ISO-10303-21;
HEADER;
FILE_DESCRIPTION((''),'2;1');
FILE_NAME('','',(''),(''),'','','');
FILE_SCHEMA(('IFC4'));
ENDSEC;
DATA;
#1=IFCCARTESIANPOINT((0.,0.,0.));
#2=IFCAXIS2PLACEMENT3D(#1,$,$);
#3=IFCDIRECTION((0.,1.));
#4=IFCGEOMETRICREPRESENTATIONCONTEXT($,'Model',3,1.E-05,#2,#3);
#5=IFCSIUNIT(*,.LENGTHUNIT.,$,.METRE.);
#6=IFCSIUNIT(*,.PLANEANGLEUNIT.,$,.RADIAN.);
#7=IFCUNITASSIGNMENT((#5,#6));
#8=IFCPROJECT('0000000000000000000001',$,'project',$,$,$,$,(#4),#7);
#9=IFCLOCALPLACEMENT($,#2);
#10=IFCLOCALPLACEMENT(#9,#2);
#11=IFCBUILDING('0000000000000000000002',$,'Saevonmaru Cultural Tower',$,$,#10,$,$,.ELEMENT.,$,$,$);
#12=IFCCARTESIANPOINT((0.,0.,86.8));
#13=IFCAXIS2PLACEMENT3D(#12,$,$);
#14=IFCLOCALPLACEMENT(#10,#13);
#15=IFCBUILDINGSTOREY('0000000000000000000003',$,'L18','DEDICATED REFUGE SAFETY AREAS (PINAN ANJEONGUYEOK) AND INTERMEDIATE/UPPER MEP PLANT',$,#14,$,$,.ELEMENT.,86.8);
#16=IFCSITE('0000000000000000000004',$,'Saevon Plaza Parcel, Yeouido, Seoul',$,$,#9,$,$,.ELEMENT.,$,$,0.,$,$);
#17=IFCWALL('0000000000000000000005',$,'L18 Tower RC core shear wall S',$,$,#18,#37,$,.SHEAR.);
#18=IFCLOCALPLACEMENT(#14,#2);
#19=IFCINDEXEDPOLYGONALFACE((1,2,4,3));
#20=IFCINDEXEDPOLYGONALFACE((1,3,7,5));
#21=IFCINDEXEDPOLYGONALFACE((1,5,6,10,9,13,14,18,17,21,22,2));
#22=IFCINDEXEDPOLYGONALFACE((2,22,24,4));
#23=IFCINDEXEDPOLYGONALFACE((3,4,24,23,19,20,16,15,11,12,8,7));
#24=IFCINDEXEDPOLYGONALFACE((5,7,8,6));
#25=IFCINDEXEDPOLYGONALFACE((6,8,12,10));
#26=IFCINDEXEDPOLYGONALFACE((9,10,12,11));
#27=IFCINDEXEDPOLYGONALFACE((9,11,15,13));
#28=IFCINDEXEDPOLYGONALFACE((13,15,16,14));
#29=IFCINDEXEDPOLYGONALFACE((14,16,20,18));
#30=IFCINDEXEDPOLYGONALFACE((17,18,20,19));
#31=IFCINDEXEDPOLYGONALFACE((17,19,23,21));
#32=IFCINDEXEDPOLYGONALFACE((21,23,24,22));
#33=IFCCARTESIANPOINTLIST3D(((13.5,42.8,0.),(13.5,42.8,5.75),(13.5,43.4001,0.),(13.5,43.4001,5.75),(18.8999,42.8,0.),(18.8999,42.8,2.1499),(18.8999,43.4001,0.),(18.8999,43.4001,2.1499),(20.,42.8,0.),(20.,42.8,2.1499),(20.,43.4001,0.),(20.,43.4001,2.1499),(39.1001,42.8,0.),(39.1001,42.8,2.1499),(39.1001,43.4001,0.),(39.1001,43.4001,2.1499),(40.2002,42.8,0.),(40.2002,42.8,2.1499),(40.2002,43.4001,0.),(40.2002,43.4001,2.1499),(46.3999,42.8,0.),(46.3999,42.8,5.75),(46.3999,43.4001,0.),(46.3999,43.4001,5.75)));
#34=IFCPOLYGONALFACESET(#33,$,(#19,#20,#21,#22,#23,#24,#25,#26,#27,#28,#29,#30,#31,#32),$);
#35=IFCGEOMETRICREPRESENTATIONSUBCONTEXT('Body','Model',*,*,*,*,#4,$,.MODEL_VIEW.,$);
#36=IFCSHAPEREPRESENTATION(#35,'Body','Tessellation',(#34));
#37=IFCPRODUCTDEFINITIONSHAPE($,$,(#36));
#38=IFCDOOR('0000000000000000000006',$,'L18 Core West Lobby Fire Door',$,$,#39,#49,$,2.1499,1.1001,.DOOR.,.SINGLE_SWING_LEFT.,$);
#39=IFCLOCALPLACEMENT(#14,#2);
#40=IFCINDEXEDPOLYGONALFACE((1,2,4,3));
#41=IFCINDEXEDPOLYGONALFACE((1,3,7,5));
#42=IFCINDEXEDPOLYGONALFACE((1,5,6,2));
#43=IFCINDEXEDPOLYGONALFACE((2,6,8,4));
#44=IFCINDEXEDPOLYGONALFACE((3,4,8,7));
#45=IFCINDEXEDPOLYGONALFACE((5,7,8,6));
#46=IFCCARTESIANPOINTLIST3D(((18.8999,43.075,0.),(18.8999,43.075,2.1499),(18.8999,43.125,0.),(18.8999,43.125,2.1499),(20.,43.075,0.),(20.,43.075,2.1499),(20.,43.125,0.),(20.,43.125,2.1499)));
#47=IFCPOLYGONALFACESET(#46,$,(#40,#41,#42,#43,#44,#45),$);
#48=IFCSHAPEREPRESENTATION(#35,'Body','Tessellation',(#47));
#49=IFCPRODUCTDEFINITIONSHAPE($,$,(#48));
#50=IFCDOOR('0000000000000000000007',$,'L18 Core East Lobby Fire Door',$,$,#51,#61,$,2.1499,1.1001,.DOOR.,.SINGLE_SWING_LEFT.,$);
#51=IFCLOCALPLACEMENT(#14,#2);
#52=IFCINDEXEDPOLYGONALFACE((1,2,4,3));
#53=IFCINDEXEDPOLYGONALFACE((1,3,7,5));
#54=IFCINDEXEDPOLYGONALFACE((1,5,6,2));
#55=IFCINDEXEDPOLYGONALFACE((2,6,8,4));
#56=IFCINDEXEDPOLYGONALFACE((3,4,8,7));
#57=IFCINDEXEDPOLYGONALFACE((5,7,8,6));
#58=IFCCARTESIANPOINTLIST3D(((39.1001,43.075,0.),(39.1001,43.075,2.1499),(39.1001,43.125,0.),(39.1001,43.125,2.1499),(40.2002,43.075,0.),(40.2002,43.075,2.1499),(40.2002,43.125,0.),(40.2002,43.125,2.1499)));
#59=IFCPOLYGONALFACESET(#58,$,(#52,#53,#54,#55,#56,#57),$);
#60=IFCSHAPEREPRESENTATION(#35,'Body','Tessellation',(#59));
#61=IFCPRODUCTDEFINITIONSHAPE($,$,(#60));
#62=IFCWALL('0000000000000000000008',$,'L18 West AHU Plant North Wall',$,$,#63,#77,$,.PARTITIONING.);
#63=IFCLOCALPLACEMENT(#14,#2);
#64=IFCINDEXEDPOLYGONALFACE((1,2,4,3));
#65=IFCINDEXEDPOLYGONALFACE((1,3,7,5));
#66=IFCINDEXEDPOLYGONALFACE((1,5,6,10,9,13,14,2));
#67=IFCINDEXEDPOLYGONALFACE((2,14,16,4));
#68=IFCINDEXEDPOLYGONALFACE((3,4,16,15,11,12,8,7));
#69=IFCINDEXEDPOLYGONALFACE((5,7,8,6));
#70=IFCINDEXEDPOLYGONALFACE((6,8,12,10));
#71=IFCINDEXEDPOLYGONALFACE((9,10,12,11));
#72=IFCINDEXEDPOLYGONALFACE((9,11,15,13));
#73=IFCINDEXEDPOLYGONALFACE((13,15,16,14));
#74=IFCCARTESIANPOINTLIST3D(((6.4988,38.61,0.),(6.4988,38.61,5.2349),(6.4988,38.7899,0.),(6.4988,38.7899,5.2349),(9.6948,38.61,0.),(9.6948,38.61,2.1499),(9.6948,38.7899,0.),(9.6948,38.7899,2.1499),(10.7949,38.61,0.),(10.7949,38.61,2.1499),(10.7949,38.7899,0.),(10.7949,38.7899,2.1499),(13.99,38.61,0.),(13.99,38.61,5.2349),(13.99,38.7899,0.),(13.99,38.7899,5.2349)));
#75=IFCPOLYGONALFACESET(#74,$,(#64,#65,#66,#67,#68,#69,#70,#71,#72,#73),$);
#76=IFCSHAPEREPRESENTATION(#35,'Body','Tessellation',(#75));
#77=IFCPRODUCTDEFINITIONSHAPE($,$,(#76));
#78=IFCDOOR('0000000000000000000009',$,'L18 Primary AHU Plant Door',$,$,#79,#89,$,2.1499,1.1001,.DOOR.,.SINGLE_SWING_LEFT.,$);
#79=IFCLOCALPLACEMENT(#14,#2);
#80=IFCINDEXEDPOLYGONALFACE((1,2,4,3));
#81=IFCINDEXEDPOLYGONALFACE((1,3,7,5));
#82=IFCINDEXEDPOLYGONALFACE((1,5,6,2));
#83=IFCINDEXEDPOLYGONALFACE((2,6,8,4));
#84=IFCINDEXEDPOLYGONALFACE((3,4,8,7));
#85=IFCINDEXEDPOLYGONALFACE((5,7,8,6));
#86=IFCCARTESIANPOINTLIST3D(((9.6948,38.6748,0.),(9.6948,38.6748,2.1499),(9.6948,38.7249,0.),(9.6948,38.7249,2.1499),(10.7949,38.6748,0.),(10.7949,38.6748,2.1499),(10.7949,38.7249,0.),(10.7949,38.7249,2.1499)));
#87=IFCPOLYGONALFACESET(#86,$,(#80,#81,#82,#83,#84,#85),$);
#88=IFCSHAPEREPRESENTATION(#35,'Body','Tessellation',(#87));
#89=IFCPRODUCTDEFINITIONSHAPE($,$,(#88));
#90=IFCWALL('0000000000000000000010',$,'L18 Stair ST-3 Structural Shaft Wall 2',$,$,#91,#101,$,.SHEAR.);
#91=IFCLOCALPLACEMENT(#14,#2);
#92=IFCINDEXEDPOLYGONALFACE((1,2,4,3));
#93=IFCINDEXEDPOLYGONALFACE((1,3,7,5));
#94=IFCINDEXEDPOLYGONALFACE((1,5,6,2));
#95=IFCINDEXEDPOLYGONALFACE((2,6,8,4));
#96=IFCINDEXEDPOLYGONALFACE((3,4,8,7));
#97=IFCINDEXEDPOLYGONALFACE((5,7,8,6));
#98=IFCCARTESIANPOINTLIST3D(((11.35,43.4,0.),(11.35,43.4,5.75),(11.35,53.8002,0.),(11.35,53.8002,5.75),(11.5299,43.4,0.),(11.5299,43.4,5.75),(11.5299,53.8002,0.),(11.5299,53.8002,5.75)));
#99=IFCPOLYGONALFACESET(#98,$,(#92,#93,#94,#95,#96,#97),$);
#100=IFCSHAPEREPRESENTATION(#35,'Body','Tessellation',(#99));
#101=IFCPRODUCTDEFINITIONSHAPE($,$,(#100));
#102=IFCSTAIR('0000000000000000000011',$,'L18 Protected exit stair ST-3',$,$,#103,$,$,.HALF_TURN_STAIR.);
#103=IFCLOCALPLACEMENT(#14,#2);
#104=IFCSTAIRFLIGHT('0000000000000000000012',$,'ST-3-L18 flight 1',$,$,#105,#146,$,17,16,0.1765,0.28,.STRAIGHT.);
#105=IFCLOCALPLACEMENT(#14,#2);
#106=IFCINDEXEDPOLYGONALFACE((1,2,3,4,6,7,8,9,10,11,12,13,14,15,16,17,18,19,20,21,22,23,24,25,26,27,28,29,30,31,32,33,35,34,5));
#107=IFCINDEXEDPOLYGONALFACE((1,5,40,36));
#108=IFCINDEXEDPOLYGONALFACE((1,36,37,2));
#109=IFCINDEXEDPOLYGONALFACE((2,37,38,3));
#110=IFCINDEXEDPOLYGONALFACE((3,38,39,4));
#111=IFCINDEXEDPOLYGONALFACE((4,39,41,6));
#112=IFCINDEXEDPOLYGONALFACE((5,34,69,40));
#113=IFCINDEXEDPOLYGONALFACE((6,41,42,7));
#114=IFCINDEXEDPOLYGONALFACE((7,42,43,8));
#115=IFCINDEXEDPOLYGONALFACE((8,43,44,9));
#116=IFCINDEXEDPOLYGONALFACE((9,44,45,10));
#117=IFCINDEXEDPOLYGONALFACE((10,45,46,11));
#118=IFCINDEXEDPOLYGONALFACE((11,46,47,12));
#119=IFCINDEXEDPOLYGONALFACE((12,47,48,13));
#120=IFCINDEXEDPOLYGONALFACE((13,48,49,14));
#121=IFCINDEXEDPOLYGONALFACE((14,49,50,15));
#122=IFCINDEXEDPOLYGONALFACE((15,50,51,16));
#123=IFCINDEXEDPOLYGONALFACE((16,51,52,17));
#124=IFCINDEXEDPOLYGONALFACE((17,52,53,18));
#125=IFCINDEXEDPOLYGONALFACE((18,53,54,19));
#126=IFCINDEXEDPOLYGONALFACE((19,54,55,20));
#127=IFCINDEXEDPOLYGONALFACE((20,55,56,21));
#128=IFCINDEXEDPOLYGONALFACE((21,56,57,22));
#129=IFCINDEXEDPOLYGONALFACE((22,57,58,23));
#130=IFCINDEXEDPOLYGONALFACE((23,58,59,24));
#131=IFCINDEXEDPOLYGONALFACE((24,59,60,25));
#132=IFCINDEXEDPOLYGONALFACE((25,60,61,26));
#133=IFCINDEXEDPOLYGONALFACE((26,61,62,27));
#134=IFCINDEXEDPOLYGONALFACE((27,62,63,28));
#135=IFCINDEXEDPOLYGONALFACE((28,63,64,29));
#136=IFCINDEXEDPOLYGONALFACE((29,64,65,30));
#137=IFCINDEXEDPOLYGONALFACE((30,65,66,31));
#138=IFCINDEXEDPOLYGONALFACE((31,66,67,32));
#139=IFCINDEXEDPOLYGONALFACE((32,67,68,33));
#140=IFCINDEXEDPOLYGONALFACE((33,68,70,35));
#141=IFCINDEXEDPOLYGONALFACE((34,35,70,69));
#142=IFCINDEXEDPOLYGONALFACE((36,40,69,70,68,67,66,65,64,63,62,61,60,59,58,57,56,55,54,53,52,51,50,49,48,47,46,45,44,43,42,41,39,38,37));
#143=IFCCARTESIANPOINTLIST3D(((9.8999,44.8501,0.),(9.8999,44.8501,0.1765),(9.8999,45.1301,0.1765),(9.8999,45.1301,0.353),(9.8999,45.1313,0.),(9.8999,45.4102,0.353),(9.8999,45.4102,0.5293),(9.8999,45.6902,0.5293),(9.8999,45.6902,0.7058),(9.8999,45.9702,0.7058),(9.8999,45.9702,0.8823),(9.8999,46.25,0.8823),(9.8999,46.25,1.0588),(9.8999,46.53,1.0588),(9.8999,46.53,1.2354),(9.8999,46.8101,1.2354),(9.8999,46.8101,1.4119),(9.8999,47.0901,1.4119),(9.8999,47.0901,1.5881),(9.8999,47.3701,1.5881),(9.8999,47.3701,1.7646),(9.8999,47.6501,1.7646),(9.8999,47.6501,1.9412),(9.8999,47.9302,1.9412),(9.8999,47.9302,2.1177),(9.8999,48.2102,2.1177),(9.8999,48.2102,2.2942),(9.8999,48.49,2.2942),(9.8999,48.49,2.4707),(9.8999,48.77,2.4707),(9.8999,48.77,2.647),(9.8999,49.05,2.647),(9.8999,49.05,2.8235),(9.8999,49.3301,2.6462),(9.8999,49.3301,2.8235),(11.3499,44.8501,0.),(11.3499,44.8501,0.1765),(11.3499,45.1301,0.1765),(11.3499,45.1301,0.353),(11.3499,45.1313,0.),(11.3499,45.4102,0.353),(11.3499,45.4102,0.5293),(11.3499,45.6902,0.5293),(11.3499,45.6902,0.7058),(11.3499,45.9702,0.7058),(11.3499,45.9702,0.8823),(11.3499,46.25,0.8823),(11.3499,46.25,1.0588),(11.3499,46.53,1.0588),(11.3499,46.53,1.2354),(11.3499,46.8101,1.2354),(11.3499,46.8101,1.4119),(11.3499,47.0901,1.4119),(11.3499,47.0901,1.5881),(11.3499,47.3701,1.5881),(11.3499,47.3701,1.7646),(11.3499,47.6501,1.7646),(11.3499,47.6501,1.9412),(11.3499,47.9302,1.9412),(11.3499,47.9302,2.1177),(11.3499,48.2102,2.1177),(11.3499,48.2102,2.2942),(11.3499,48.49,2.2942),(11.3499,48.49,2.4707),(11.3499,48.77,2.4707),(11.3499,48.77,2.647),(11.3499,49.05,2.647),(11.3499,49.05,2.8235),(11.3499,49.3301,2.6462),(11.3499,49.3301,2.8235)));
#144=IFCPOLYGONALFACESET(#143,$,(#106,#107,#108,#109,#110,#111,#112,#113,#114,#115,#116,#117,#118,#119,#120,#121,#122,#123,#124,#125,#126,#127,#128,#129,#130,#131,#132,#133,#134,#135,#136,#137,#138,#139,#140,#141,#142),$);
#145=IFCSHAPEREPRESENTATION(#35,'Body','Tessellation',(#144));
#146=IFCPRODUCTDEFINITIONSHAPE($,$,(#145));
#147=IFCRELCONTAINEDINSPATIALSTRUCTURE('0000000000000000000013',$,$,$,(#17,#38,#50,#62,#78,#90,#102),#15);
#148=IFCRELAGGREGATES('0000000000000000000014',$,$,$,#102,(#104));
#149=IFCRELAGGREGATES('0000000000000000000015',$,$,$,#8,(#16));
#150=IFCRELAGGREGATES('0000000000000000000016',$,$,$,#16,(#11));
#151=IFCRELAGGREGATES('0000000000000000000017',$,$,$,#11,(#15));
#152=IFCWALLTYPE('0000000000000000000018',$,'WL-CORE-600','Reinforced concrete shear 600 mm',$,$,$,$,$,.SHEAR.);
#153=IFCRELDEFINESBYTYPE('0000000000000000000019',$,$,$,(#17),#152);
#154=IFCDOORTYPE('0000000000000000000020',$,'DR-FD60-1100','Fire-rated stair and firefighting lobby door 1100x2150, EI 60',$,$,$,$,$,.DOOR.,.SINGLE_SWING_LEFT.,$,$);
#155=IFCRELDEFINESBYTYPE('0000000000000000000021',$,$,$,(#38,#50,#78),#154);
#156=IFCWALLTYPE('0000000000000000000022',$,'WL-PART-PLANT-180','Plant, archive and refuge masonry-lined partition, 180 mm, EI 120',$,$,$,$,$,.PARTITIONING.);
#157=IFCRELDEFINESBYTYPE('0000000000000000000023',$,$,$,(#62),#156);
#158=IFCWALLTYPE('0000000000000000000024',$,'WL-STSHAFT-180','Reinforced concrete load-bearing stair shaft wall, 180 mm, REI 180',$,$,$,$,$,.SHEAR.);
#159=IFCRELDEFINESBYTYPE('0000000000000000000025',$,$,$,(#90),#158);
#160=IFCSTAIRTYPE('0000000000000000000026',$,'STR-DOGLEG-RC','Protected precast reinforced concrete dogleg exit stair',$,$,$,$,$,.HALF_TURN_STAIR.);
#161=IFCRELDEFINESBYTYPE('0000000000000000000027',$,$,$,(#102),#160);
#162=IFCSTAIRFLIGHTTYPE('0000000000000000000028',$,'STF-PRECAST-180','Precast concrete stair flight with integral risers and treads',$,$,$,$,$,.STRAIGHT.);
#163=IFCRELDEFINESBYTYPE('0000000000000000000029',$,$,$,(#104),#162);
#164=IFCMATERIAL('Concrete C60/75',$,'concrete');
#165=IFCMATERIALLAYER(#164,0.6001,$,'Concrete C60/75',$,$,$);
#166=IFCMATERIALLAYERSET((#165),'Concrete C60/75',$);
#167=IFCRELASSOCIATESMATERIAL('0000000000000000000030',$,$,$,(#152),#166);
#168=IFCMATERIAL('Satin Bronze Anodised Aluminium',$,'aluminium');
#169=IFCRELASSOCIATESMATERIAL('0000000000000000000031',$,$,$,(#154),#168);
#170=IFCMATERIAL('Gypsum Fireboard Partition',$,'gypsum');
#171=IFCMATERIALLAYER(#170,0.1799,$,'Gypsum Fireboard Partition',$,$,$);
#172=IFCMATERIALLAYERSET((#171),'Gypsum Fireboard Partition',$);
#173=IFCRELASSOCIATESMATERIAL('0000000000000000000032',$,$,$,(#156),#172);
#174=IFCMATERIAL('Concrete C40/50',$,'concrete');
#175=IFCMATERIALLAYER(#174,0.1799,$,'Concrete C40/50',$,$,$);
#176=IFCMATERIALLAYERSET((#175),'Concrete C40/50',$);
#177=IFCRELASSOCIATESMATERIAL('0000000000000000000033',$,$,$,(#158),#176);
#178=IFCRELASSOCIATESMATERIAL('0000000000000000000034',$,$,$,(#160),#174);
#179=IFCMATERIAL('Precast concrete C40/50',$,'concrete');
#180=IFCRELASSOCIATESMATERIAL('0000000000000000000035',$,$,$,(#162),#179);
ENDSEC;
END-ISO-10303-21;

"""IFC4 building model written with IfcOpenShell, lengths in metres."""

from ifc_helpers import new_model, si_unit, direction, frame, frame_2d, origin, place, context, subcontext, project, spatial, polyline, rectangle, outline, extrude, material, layer, layer_set, type_object, element, fill, aggregate, save


model = new_model("IFC4")

# Units and contexts
model_context = context("Model", 3, precision=1e-05, world=origin(), true_north=direction((0.0, 1.0)))
body_context = subcontext(model_context, "Body", "Model", "MODEL_VIEW")
ifc_project = project(units=[si_unit("LENGTHUNIT", "METRE"), si_unit("PLANEANGLEUNIT", "RADIAN")], contexts=[model_context])

# Site, building, storey
site_placement = place(None, origin())
site = spatial("IfcSite", under=ifc_project, at=site_placement, Name="Saevon Plaza Parcel, Yeouido, Seoul", CompositionType="ELEMENT", RefElevation=0.0)
building_placement = place(site_placement, origin())
building = spatial("IfcBuilding", under=site, at=building_placement, Name="Saevonmaru Cultural Tower", CompositionType="ELEMENT")
storey_placement = place(building_placement, frame((0.0, 0.0, 86.8)))
storey = spatial("IfcBuildingStorey", under=building, at=storey_placement, Name="L18", Description="DEDICATED REFUGE SAFETY AREAS (PINAN ANJEONGUYEOK) AND INTERMEDIATE/UPPER MEP PLANT", CompositionType="ELEMENT", Elevation=86.8)

# Shared definitions
ifc_material_1 = material(Name="Satin Bronze Anodised Aluminium", Category="aluminium")

# Wall, openings, doors
ifc_material_2 = material(Name="Concrete C60/75", Category="concrete")
ifc_layer_1 = layer(ifc_material_2, 0.6001, Name="Concrete C60/75")
ifc_layer_set_1 = layer_set([ifc_layer_1], Name="Concrete C60/75")
wall_type_1 = type_object("IfcWallType", Name="WL-CORE-600", Description="Reinforced concrete shear 600 mm", PredefinedType="SHEAR", material=ifc_layer_set_1)
wall_1_placement = place(storey_placement, frame((13.5, 43.1001, 0.0), z_axis=(0.0, 0.0, 1.0), x_axis=(1.0, 0.0, 0.0)))
wall_1 = element("IfcWall", 1, at=wall_1_placement, inside=storey, type_object=wall_type_1, Name="L18 Tower RC core shear wall S", PredefinedType="SHEAR", context=body_context, shape_type="SweptSolid", body=[
    extrude(rectangle(XDim=32.8999, YDim=0.6001, at=frame_2d((16.45, 0.0))), origin(), (0.0, 0.0, 1.0), 5.75),
])
opening_1_placement = place(wall_1_placement, frame((5.3999, 0.0, 0.0)))
opening_1 = element("IfcOpeningElement", 2, at=opening_1_placement, cuts=wall_1, PredefinedType="OPENING", context=body_context, shape_type="SweptSolid", body=[
    extrude(rectangle(XDim=1.1001, YDim=2.1499, at=frame_2d((0.55, 1.075))), frame((0.0, 0.3101, 0.0), z_axis=(0.0, -1.0, 0.0), x_axis=(1.0, 0.0, 0.0)), (0.0, 0.0, 1.0), 0.6201),
])
opening_2_placement = place(wall_1_placement, frame((25.6001, 0.0, 0.0)))
opening_2 = element("IfcOpeningElement", 3, at=opening_2_placement, cuts=wall_1, PredefinedType="OPENING", context=body_context, shape_type="SweptSolid", body=[
    extrude(rectangle(XDim=1.1001, YDim=2.1499, at=frame_2d((0.55, 1.075))), frame((0.0, 0.3101, 0.0), z_axis=(0.0, -1.0, 0.0), x_axis=(1.0, 0.0, 0.0)), (0.0, 0.0, 1.0), 0.6201),
])
door_type = type_object("IfcDoorType", Name="DR-FD60-1100", Description="Fire-rated stair and firefighting lobby door 1100x2150, EI 60", OperationType="SINGLE_SWING_LEFT", PredefinedType="DOOR", material=ifc_material_1)
door_1_placement = place(opening_1_placement, origin())
door_1 = element("IfcDoor", 4, at=door_1_placement, inside=storey, type_object=door_type, Name="L18 Core West Lobby Fire Door", OperationType="SINGLE_SWING_LEFT", OverallHeight=2.1499, OverallWidth=1.1001, PredefinedType="DOOR", context=body_context, shape_type="SweptSolid", body=[
    extrude(rectangle(XDim=1.1001, YDim=2.1499, at=frame_2d((0.55, 1.075))), frame((0.0, 0.0249, 0.0), z_axis=(0.0, -1.0, 0.0), x_axis=(1.0, 0.0, 0.0)), (0.0, 0.0, 1.0), 0.05),
])
fill(opening_1, door_1)
door_2_placement = place(opening_2_placement, origin())
door_2 = element("IfcDoor", 5, at=door_2_placement, inside=storey, type_object=door_type, Name="L18 Core East Lobby Fire Door", OperationType="SINGLE_SWING_LEFT", OverallHeight=2.1499, OverallWidth=1.1001, PredefinedType="DOOR", context=body_context, shape_type="SweptSolid", body=[
    extrude(rectangle(XDim=1.1001, YDim=2.1499, at=frame_2d((0.55, 1.075))), frame((0.0, 0.0249, 0.0), z_axis=(0.0, -1.0, 0.0), x_axis=(1.0, 0.0, 0.0)), (0.0, 0.0, 1.0), 0.05),
])
fill(opening_2, door_2)

# Wall, opening, door
ifc_material_3 = material(Name="Gypsum Fireboard Partition", Category="gypsum")
ifc_layer_2 = layer(ifc_material_3, 0.1799, Name="Gypsum Fireboard Partition")
ifc_layer_set_2 = layer_set([ifc_layer_2], Name="Gypsum Fireboard Partition")
wall_type_2 = type_object("IfcWallType", Name="WL-PART-PLANT-180", Description="Plant, archive and refuge masonry-lined partition, 180 mm, EI 120", PredefinedType="PARTITIONING", material=ifc_layer_set_2)
wall_2_placement = place(storey_placement, frame((6.4988, 38.7, 0.0), z_axis=(0.0, 0.0, 1.0), x_axis=(1.0, 0.0, 0.0)))
wall_2 = element("IfcWall", 6, at=wall_2_placement, inside=storey, type_object=wall_type_2, Name="L18 West AHU Plant North Wall", PredefinedType="PARTITIONING", context=body_context, shape_type="SweptSolid", body=[
    extrude(rectangle(XDim=7.4912, YDim=0.1799, at=frame_2d((3.7456, 0.0))), origin(), (0.0, 0.0, 1.0), 5.2349),
])
opening_3_placement = place(wall_2_placement, frame((3.196, 0.0, 0.0)))
opening_3 = element("IfcOpeningElement", 7, at=opening_3_placement, cuts=wall_2, PredefinedType="OPENING", context=body_context, shape_type="SweptSolid", body=[
    extrude(rectangle(XDim=1.1001, YDim=2.1499, at=frame_2d((0.55, 1.075))), frame((0.0, 0.1001, 0.0), z_axis=(0.0, -1.0, 0.0), x_axis=(1.0, 0.0, 0.0)), (0.0, 0.0, 1.0), 0.2),
])
door_3_placement = place(opening_3_placement, origin())
door_3 = element("IfcDoor", 8, at=door_3_placement, inside=storey, type_object=door_type, Name="L18 Primary AHU Plant Door", OperationType="SINGLE_SWING_LEFT", OverallHeight=2.1499, OverallWidth=1.1001, PredefinedType="DOOR", context=body_context, shape_type="SweptSolid", body=[
    extrude(rectangle(XDim=1.1001, YDim=2.1499, at=frame_2d((0.55, 1.075))), frame((0.0, 0.0249, 0.0), z_axis=(0.0, -1.0, 0.0), x_axis=(1.0, 0.0, 0.0)), (0.0, 0.0, 1.0), 0.05),
])
fill(opening_3, door_3)
ifc_material_4 = material(Name="Concrete C40/50", Category="concrete")
ifc_layer_3 = layer(ifc_material_4, 0.1799, Name="Concrete C40/50")
ifc_layer_set_3 = layer_set([ifc_layer_3], Name="Concrete C40/50")
wall_type_3 = type_object("IfcWallType", Name="WL-STSHAFT-180", Description="Reinforced concrete load-bearing stair shaft wall, 180 mm, REI 180", PredefinedType="SHEAR", material=ifc_layer_set_3)

# Wall
wall_3_placement = place(storey_placement, frame((11.4399, 43.3999, 0.0), z_axis=(0.0, 0.0, 1.0), x_axis=(0.0, 1.0, 0.0)))
element("IfcWall", 9, at=wall_3_placement, inside=storey, type_object=wall_type_3, Name="L18 Stair ST-3 Structural Shaft Wall 2", PredefinedType="SHEAR", context=body_context, shape_type="SweptSolid", body=[
    extrude(rectangle(XDim=10.4001, YDim=0.1799, at=frame_2d((5.2002, 0.0))), origin(), (0.0, 0.0, 1.0), 5.75),
])

# Stair, stair flight
stair_type = type_object("IfcStairType", Name="STR-DOGLEG-RC", Description="Protected precast reinforced concrete dogleg exit stair", PredefinedType="HALF_TURN_STAIR", material=ifc_material_4)
stair_placement = place(storey_placement, origin())
stair = element("IfcStair", 10, at=stair_placement, inside=storey, type_object=stair_type, Name="L18 Protected exit stair ST-3", PredefinedType="HALF_TURN_STAIR")
ifc_material_5 = material(Name="Precast concrete C40/50", Category="concrete")
stair_flight_type = type_object("IfcStairFlightType", Name="STF-PRECAST-180", Description="Precast concrete stair flight with integral risers and treads", PredefinedType="STRAIGHT", material=ifc_material_5)
stair_flight_1_placement = place(storey_placement, frame((10.625, 44.8501, 0.0), z_axis=(0.0, 0.0, 1.0), x_axis=(0.0, 1.0, 0.0)))
stair_flight_1 = element("IfcStairFlight", 11, at=stair_flight_1_placement, type_object=stair_flight_type, Name="ST-3-L18 flight 1", NumberOfRisers=17, NumberOfTreads=16, PredefinedType="STRAIGHT", RiserHeight=0.1765, TreadLength=0.28, context=body_context, shape_type="SweptSolid", body=[
    extrude(outline(polyline([(0.0, 0.0), (0.0, 0.1765), (0.28, 0.1765), (0.28, 0.353), (0.5601, 0.353), (0.5601, 0.5293), (0.8401, 0.5293), (0.8401, 0.7058), (1.1201, 0.7058), (1.1201, 0.8823), (1.3999, 0.8823), (1.3999, 1.0588), (1.6799, 1.0588), (1.6799, 1.2354), (1.96, 1.2354), (1.96, 1.4119), (2.24, 1.4119), (2.24, 1.5881), (2.52, 1.5881), (2.52, 1.7646), (2.8, 1.7646), (2.8, 1.9412), (3.0801, 1.9412), (3.0801, 2.1177), (3.3601, 2.1177), (3.3601, 2.2942), (3.6399, 2.2942), (3.6399, 2.4707), (3.9199, 2.4707), (3.9199, 2.647), (4.2, 2.647), (4.2, 2.8235), (4.48, 2.8235), (4.48, 3.0), (4.48, 2.6462), (0.2812, 0.0), (0.0, 0.0)])), frame((0.0, 0.7251, 0.0), z_axis=(0.0, -1.0, 0.0), x_axis=(1.0, 0.0, 0.0)), (0.0, 0.0, 1.0), 1.45),
])
aggregate(stair, [stair_flight_1])

save(model, "model.ifc")
